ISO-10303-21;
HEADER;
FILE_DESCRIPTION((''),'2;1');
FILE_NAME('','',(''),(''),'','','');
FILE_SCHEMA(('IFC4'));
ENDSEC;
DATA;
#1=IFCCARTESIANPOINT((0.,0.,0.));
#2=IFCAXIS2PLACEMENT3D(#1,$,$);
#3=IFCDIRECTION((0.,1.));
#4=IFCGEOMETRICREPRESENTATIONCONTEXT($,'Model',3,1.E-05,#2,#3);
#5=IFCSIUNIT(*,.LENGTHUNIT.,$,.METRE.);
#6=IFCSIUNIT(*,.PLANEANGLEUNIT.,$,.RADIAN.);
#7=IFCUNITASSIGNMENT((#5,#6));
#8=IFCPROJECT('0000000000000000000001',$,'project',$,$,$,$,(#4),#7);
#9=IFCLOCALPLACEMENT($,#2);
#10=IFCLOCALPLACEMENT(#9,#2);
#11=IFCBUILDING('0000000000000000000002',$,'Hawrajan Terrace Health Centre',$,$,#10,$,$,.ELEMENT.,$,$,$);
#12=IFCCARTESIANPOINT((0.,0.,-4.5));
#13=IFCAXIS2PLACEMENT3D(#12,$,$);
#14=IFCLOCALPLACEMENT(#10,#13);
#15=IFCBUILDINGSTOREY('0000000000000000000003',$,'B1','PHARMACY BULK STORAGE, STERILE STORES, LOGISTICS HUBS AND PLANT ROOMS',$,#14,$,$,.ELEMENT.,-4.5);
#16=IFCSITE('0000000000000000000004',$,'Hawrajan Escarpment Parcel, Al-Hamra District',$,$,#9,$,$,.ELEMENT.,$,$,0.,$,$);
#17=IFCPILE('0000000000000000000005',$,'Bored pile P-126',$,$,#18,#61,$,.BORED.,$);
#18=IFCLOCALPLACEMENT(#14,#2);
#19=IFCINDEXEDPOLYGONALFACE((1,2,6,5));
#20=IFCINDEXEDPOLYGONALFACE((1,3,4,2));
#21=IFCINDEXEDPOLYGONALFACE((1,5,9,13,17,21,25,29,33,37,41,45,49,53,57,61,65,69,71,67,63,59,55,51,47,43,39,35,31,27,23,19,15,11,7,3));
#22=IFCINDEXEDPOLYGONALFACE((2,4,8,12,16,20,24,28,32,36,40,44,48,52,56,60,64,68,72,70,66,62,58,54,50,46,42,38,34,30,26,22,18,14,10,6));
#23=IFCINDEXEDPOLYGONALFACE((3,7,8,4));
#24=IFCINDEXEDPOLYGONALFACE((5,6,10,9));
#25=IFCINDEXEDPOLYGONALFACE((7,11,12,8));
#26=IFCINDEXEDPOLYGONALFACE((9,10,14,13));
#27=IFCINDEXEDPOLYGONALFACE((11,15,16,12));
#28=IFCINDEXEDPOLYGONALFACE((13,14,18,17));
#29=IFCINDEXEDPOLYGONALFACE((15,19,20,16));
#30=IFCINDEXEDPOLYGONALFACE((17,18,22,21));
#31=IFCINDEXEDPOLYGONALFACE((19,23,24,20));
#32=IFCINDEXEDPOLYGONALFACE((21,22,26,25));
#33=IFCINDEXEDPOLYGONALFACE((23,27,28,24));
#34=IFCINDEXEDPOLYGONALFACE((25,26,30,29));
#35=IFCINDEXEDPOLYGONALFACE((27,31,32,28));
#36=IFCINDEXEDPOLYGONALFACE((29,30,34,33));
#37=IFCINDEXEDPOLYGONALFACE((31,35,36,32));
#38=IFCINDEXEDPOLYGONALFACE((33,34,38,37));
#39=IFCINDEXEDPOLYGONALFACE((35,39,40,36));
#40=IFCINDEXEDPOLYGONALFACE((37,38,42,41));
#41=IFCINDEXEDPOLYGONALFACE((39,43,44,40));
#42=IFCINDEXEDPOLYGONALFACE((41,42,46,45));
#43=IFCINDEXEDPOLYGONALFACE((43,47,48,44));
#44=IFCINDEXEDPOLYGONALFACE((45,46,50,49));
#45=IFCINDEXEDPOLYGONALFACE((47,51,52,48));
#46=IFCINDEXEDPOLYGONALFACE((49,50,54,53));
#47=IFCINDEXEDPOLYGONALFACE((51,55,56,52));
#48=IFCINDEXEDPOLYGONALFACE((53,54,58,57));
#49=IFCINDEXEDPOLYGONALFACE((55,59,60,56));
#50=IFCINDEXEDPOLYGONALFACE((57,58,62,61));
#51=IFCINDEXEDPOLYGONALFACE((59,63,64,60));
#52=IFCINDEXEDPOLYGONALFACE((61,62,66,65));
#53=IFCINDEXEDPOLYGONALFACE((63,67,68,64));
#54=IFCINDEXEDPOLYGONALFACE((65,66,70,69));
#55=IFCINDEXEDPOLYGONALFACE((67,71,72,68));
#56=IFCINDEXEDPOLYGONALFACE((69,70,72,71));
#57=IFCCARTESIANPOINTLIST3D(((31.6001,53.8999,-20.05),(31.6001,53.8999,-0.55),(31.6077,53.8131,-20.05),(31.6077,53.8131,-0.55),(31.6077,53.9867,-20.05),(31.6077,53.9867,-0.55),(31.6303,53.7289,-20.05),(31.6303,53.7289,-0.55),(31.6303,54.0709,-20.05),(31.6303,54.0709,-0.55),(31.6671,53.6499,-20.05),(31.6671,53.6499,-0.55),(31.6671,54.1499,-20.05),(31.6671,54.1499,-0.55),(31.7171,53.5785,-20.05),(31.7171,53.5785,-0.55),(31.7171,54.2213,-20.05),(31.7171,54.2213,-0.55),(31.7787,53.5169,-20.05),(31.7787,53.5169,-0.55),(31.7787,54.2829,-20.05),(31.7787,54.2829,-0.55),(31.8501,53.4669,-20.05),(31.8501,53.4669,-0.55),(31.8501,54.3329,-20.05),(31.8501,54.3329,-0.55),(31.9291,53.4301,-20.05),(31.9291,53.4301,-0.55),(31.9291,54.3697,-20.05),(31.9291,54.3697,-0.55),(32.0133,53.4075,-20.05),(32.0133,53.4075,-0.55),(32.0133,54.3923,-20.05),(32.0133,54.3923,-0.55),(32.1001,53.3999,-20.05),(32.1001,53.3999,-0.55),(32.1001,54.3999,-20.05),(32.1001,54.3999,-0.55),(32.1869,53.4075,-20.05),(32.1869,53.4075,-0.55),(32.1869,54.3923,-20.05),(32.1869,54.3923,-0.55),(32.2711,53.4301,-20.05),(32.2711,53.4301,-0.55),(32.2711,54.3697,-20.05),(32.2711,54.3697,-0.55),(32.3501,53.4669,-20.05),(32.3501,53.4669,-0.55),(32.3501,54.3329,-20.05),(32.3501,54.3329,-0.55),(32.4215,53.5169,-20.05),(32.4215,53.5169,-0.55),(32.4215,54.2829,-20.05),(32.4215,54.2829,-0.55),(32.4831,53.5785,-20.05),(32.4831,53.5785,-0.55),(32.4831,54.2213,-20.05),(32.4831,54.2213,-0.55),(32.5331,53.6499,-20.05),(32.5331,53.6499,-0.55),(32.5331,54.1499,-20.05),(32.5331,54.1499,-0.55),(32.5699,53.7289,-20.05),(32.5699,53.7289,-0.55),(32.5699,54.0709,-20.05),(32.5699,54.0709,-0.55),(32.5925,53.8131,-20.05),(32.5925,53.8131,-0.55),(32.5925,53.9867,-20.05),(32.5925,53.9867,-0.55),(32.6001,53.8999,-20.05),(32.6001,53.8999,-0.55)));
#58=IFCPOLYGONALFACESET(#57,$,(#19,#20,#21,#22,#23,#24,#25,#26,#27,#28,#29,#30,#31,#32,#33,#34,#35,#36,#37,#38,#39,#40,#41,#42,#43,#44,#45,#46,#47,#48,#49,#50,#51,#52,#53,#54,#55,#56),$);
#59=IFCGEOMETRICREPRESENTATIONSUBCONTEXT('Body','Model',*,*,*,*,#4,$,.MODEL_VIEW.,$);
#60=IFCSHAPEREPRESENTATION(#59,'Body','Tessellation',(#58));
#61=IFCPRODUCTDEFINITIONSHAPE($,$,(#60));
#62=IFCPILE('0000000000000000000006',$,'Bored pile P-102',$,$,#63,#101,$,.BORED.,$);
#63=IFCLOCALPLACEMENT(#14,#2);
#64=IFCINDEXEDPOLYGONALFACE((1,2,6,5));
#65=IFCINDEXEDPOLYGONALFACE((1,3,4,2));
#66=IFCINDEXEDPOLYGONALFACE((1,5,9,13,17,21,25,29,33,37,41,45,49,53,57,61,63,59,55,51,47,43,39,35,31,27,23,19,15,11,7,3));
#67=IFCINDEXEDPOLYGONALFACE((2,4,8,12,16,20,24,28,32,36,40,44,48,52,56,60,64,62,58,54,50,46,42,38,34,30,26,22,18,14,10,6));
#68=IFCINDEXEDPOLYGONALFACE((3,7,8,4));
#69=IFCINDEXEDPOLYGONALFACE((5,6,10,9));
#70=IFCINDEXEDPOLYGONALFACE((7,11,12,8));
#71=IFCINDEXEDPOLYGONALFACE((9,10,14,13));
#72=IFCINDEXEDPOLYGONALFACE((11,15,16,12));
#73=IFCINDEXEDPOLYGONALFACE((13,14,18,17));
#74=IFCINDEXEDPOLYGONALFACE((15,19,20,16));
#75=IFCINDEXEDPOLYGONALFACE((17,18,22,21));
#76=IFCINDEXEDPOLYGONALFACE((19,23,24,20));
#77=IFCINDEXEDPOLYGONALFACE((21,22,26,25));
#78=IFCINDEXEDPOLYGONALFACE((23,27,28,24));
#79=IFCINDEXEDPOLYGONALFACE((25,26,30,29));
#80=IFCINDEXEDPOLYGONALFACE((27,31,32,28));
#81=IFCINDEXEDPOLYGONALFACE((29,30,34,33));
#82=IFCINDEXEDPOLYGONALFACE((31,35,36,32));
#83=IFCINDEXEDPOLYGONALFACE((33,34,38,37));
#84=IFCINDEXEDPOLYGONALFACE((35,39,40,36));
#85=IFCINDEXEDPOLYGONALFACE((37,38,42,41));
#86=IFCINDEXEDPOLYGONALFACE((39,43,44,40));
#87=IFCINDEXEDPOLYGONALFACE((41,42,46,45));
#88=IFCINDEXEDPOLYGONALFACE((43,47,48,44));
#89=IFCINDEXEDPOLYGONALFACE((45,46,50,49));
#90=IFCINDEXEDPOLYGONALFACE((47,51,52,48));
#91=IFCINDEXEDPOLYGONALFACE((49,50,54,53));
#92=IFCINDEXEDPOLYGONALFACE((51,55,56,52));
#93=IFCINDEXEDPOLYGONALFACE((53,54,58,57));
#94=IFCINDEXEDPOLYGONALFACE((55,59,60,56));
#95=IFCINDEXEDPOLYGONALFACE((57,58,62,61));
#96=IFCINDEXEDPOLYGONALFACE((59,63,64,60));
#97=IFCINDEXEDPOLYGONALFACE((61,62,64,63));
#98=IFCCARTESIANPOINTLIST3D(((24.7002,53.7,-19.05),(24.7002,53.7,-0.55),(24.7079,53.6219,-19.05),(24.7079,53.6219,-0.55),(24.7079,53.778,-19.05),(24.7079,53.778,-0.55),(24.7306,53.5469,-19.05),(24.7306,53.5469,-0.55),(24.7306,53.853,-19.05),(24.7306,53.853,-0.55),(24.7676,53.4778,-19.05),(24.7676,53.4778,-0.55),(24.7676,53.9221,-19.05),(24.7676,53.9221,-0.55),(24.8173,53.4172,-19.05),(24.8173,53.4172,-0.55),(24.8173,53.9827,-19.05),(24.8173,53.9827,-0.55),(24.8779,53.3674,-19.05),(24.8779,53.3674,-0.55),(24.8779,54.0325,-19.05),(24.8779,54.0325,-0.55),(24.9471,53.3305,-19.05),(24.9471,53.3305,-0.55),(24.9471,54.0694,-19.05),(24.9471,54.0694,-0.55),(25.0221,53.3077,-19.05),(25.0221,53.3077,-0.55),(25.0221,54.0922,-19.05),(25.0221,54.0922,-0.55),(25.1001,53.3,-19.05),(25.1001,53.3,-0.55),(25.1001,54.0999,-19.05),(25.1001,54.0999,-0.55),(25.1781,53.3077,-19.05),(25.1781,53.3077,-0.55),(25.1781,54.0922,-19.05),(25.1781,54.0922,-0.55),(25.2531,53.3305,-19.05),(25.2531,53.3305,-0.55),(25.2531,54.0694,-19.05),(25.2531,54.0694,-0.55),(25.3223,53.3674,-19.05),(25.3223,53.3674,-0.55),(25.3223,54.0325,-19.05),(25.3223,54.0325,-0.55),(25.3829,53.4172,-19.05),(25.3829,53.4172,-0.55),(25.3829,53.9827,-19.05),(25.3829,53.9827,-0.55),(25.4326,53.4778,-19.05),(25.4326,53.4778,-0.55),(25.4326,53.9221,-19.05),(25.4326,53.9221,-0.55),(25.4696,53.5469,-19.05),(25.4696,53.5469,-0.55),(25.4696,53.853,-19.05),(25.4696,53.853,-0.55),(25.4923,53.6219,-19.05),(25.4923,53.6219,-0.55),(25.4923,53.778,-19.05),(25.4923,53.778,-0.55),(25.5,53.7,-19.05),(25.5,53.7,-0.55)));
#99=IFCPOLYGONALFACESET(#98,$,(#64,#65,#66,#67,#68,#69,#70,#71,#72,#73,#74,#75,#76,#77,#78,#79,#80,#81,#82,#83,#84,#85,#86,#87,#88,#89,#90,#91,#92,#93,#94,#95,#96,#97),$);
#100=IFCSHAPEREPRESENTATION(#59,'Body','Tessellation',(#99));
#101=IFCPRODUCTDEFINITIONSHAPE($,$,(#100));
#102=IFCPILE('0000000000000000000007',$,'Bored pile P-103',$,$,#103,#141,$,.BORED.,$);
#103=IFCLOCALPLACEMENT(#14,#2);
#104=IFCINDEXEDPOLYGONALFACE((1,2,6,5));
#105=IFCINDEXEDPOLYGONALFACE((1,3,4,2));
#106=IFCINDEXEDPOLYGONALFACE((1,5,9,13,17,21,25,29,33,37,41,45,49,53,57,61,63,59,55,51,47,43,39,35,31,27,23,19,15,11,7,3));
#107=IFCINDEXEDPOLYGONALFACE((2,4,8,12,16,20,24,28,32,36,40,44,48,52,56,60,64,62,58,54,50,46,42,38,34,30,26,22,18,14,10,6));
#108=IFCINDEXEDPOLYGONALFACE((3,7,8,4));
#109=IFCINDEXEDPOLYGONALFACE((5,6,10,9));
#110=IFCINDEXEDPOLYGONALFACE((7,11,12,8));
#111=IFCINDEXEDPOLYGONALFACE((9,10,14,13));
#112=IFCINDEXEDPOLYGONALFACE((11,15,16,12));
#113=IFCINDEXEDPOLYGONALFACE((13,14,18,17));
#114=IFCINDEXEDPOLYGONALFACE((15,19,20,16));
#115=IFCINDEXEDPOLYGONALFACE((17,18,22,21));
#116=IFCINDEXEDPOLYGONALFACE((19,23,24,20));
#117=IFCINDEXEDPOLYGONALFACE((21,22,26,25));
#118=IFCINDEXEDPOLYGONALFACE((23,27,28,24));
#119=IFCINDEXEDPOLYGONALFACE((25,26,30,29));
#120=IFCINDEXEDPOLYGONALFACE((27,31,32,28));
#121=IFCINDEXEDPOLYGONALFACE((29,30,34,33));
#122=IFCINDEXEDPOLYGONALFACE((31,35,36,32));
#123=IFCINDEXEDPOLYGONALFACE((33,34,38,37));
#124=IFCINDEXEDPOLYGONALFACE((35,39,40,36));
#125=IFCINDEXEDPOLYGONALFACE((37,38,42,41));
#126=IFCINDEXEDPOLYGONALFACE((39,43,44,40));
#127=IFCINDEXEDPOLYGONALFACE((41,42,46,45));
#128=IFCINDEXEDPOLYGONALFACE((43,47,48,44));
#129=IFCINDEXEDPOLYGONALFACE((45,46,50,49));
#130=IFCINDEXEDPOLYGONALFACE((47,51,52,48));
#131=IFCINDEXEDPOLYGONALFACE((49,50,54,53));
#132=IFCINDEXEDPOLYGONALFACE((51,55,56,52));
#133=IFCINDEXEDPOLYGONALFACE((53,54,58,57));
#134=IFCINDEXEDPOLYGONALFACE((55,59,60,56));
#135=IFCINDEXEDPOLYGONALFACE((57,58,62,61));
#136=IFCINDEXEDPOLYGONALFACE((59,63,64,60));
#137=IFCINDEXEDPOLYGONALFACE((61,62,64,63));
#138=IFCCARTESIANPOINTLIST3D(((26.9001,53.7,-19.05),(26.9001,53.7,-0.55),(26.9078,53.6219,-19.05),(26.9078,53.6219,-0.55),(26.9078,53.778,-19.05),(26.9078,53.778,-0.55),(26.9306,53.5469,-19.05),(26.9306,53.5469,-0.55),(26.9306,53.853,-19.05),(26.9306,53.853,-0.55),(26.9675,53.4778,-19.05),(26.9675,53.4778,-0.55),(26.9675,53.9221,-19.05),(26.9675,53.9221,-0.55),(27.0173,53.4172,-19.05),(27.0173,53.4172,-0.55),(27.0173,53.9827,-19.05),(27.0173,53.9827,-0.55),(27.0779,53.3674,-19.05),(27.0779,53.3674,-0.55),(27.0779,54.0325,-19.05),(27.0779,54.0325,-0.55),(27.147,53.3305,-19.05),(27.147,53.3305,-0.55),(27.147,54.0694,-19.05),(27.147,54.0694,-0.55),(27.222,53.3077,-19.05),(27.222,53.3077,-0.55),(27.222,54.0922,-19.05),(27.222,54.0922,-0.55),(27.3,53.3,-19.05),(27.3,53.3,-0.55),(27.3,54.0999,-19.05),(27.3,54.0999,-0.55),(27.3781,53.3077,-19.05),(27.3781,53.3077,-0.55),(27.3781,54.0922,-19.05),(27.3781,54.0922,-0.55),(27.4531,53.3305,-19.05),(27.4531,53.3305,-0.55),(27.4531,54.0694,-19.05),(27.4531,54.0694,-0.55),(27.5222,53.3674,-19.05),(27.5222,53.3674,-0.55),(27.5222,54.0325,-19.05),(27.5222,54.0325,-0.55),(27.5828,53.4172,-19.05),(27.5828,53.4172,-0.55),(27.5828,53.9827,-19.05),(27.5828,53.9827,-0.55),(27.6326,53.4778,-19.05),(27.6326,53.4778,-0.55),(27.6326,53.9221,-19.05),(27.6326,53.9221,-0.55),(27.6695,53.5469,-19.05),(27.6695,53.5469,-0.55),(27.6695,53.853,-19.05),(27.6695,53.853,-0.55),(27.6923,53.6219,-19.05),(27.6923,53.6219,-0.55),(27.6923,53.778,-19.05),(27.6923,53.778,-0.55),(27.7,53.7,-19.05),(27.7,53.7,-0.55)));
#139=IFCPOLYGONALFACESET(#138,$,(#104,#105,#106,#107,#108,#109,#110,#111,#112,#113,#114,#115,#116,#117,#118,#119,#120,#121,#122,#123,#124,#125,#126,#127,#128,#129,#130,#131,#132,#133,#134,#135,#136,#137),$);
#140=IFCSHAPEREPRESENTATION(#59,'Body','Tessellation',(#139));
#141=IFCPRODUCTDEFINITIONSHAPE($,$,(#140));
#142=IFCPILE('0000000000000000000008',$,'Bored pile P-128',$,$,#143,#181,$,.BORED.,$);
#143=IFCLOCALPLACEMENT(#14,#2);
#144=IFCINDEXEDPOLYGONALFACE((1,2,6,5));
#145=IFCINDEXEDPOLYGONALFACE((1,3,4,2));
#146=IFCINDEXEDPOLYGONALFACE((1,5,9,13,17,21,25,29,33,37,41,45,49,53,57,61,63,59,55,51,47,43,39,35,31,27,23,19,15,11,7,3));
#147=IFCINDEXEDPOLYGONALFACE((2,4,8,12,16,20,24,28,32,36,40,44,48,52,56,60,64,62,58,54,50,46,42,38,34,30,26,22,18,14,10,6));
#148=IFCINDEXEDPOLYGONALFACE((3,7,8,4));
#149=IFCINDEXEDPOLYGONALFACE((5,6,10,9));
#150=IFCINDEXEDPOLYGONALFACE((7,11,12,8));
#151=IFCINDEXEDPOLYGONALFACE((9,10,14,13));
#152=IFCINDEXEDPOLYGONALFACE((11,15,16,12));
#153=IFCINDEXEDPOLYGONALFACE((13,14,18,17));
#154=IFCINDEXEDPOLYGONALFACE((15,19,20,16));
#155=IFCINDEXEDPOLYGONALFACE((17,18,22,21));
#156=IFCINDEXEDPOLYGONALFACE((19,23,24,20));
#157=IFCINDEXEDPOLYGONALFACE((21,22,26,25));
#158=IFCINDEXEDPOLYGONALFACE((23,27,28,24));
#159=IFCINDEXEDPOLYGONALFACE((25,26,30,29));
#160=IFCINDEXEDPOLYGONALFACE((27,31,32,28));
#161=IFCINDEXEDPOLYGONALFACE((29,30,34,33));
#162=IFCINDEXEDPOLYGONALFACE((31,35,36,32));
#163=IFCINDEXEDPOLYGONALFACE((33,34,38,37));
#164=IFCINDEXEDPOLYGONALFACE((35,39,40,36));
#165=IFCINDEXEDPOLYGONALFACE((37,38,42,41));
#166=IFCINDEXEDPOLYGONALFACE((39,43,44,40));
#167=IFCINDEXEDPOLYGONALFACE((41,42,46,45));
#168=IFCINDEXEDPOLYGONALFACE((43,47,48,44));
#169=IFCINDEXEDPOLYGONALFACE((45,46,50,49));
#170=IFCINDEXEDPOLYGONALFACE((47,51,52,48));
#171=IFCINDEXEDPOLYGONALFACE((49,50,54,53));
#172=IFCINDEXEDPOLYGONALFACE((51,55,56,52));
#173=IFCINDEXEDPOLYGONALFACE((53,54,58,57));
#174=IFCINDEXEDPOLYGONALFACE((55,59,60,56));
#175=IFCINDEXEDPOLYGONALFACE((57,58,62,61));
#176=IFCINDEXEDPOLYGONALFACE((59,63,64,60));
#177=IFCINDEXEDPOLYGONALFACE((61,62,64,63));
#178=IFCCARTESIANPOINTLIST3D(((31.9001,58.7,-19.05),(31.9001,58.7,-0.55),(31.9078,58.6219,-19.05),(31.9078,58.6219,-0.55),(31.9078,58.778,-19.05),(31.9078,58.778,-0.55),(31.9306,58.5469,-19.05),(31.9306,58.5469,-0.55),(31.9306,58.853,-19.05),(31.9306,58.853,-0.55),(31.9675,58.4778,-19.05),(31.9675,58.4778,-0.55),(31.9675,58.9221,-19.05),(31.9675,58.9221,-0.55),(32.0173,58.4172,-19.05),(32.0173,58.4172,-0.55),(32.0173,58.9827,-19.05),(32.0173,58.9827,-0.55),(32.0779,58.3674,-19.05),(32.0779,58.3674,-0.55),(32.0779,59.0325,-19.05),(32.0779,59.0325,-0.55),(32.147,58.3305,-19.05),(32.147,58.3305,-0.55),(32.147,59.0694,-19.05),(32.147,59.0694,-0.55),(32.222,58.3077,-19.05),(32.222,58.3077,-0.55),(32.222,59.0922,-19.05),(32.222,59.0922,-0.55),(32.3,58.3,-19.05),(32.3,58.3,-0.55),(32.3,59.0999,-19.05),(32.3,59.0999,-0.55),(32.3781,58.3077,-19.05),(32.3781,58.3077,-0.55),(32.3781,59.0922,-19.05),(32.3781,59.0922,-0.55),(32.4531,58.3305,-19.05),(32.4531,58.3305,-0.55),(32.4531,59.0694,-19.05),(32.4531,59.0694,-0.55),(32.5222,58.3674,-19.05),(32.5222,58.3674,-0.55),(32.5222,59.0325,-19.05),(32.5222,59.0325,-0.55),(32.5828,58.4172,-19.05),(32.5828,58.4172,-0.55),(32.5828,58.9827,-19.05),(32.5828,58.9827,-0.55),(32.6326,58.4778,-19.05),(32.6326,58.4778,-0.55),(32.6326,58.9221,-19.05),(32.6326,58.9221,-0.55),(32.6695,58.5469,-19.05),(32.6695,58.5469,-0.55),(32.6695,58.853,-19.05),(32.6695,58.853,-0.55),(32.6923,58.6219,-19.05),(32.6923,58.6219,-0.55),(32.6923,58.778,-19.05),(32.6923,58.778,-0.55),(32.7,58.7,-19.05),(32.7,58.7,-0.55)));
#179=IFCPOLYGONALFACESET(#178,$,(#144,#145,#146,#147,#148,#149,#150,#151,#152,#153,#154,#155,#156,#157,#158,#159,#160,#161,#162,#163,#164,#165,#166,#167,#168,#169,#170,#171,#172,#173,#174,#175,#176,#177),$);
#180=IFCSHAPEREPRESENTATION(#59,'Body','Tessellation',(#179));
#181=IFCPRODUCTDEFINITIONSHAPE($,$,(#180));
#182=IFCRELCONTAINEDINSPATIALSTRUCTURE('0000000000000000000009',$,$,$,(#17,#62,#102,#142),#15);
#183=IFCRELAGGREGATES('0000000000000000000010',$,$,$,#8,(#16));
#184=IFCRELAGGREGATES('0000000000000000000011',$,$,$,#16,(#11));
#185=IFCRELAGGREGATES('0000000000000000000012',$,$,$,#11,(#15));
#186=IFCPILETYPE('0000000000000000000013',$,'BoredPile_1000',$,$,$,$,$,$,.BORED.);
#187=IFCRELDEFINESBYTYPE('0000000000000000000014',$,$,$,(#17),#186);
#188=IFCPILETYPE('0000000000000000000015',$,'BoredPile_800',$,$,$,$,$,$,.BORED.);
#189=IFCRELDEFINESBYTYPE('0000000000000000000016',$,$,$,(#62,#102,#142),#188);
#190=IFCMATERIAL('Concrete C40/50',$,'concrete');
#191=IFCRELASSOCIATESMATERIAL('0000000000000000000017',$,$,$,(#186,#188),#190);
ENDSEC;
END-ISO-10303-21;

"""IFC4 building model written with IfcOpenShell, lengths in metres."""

from ifc_helpers import new_model, si_unit, direction, frame, origin, origin_2d, place, context, subcontext, project, spatial, circle, extrude, material, material_profile, profile_set, type_object, element, save


model = new_model("IFC4")

# Units and contexts
model_context = context("Model", 3, precision=1e-05, world=origin(), true_north=direction((0.0, 1.0)))
body_context = subcontext(model_context, "Body", "Model", "MODEL_VIEW")
ifc_project = project(units=[si_unit("LENGTHUNIT", "METRE"), si_unit("PLANEANGLEUNIT", "RADIAN")], contexts=[model_context])

# Site, building, storey
site_placement = place(None, origin())
site = spatial("IfcSite", under=ifc_project, at=site_placement, Name="Hawrajan Escarpment Parcel, Al-Hamra District", CompositionType="ELEMENT", RefElevation=0.0)
building_placement = place(site_placement, origin())
building = spatial("IfcBuilding", under=site, at=building_placement, Name="Hawrajan Terrace Health Centre", CompositionType="ELEMENT")
storey_placement = place(building_placement, frame((0.0, 0.0, -4.5)))
storey = spatial("IfcBuildingStorey", under=building, at=storey_placement, Name="B1", Description="PHARMACY BULK STORAGE, STERILE STORES, LOGISTICS HUBS AND PLANT ROOMS", CompositionType="ELEMENT", Elevation=-4.5)

# Piles
ifc_material_1 = material(Name="Concrete C40/50", Category="concrete")
ifc_material_profile_1 = material_profile(ifc_material_1, circle(Radius=0.5, at=origin_2d()), Name="BP 1000")
ifc_profile_set_1 = profile_set([ifc_material_profile_1], Name="Concrete C40/50")
pile_type_1 = type_object("IfcPileType", Name="BoredPile_1000", PredefinedType="BORED", material=ifc_profile_set_1)
for number, where, z_axis, x_axis, name in (
    (1, (32.1001, 53.8999, -0.55), (0.0, 0.0, -1.0), (1.0, 0.0, 0.0), "Bored pile P-126"),
):
    element("IfcPile", number, at=place(storey_placement, frame(where, z_axis=z_axis, x_axis=x_axis)), inside=storey, type_object=pile_type_1, Name=name, PredefinedType="BORED", context=body_context, shape_type="SweptSolid", body=[
        extrude(circle(Radius=0.5, at=origin_2d()), origin(), (0.0, 0.0, 1.0), 19.5),
    ])
ifc_material_profile_2 = material_profile(ifc_material_1, circle(Radius=0.3999, at=origin_2d()), Name="BP 800")
ifc_profile_set_2 = profile_set([ifc_material_profile_2], Name="Concrete C40/50")
pile_type_2 = type_object("IfcPileType", Name="BoredPile_800", PredefinedType="BORED", material=ifc_profile_set_2)
for number, where, z_axis, x_axis, name in (
    (2, (25.1001, 53.7, -0.55), (0.0, 0.0, -1.0), (1.0, 0.0, 0.0), "Bored pile P-102"),
    (3, (27.3, 53.7, -0.55), (0.0, 0.0, -1.0), (1.0, 0.0, 0.0), "Bored pile P-103"),
    (4, (32.3, 58.7, -0.55), (0.0, 0.0, -1.0), (1.0, 0.0, 0.0), "Bored pile P-128"),
):
    element("IfcPile", number, at=place(storey_placement, frame(where, z_axis=z_axis, x_axis=x_axis)), inside=storey, type_object=pile_type_2, Name=name, PredefinedType="BORED", context=body_context, shape_type="SweptSolid", body=[
        extrude(circle(Radius=0.3999, at=origin_2d()), origin(), (0.0, 0.0, 1.0), 18.5),
    ])

save(model, "model.ifc")
